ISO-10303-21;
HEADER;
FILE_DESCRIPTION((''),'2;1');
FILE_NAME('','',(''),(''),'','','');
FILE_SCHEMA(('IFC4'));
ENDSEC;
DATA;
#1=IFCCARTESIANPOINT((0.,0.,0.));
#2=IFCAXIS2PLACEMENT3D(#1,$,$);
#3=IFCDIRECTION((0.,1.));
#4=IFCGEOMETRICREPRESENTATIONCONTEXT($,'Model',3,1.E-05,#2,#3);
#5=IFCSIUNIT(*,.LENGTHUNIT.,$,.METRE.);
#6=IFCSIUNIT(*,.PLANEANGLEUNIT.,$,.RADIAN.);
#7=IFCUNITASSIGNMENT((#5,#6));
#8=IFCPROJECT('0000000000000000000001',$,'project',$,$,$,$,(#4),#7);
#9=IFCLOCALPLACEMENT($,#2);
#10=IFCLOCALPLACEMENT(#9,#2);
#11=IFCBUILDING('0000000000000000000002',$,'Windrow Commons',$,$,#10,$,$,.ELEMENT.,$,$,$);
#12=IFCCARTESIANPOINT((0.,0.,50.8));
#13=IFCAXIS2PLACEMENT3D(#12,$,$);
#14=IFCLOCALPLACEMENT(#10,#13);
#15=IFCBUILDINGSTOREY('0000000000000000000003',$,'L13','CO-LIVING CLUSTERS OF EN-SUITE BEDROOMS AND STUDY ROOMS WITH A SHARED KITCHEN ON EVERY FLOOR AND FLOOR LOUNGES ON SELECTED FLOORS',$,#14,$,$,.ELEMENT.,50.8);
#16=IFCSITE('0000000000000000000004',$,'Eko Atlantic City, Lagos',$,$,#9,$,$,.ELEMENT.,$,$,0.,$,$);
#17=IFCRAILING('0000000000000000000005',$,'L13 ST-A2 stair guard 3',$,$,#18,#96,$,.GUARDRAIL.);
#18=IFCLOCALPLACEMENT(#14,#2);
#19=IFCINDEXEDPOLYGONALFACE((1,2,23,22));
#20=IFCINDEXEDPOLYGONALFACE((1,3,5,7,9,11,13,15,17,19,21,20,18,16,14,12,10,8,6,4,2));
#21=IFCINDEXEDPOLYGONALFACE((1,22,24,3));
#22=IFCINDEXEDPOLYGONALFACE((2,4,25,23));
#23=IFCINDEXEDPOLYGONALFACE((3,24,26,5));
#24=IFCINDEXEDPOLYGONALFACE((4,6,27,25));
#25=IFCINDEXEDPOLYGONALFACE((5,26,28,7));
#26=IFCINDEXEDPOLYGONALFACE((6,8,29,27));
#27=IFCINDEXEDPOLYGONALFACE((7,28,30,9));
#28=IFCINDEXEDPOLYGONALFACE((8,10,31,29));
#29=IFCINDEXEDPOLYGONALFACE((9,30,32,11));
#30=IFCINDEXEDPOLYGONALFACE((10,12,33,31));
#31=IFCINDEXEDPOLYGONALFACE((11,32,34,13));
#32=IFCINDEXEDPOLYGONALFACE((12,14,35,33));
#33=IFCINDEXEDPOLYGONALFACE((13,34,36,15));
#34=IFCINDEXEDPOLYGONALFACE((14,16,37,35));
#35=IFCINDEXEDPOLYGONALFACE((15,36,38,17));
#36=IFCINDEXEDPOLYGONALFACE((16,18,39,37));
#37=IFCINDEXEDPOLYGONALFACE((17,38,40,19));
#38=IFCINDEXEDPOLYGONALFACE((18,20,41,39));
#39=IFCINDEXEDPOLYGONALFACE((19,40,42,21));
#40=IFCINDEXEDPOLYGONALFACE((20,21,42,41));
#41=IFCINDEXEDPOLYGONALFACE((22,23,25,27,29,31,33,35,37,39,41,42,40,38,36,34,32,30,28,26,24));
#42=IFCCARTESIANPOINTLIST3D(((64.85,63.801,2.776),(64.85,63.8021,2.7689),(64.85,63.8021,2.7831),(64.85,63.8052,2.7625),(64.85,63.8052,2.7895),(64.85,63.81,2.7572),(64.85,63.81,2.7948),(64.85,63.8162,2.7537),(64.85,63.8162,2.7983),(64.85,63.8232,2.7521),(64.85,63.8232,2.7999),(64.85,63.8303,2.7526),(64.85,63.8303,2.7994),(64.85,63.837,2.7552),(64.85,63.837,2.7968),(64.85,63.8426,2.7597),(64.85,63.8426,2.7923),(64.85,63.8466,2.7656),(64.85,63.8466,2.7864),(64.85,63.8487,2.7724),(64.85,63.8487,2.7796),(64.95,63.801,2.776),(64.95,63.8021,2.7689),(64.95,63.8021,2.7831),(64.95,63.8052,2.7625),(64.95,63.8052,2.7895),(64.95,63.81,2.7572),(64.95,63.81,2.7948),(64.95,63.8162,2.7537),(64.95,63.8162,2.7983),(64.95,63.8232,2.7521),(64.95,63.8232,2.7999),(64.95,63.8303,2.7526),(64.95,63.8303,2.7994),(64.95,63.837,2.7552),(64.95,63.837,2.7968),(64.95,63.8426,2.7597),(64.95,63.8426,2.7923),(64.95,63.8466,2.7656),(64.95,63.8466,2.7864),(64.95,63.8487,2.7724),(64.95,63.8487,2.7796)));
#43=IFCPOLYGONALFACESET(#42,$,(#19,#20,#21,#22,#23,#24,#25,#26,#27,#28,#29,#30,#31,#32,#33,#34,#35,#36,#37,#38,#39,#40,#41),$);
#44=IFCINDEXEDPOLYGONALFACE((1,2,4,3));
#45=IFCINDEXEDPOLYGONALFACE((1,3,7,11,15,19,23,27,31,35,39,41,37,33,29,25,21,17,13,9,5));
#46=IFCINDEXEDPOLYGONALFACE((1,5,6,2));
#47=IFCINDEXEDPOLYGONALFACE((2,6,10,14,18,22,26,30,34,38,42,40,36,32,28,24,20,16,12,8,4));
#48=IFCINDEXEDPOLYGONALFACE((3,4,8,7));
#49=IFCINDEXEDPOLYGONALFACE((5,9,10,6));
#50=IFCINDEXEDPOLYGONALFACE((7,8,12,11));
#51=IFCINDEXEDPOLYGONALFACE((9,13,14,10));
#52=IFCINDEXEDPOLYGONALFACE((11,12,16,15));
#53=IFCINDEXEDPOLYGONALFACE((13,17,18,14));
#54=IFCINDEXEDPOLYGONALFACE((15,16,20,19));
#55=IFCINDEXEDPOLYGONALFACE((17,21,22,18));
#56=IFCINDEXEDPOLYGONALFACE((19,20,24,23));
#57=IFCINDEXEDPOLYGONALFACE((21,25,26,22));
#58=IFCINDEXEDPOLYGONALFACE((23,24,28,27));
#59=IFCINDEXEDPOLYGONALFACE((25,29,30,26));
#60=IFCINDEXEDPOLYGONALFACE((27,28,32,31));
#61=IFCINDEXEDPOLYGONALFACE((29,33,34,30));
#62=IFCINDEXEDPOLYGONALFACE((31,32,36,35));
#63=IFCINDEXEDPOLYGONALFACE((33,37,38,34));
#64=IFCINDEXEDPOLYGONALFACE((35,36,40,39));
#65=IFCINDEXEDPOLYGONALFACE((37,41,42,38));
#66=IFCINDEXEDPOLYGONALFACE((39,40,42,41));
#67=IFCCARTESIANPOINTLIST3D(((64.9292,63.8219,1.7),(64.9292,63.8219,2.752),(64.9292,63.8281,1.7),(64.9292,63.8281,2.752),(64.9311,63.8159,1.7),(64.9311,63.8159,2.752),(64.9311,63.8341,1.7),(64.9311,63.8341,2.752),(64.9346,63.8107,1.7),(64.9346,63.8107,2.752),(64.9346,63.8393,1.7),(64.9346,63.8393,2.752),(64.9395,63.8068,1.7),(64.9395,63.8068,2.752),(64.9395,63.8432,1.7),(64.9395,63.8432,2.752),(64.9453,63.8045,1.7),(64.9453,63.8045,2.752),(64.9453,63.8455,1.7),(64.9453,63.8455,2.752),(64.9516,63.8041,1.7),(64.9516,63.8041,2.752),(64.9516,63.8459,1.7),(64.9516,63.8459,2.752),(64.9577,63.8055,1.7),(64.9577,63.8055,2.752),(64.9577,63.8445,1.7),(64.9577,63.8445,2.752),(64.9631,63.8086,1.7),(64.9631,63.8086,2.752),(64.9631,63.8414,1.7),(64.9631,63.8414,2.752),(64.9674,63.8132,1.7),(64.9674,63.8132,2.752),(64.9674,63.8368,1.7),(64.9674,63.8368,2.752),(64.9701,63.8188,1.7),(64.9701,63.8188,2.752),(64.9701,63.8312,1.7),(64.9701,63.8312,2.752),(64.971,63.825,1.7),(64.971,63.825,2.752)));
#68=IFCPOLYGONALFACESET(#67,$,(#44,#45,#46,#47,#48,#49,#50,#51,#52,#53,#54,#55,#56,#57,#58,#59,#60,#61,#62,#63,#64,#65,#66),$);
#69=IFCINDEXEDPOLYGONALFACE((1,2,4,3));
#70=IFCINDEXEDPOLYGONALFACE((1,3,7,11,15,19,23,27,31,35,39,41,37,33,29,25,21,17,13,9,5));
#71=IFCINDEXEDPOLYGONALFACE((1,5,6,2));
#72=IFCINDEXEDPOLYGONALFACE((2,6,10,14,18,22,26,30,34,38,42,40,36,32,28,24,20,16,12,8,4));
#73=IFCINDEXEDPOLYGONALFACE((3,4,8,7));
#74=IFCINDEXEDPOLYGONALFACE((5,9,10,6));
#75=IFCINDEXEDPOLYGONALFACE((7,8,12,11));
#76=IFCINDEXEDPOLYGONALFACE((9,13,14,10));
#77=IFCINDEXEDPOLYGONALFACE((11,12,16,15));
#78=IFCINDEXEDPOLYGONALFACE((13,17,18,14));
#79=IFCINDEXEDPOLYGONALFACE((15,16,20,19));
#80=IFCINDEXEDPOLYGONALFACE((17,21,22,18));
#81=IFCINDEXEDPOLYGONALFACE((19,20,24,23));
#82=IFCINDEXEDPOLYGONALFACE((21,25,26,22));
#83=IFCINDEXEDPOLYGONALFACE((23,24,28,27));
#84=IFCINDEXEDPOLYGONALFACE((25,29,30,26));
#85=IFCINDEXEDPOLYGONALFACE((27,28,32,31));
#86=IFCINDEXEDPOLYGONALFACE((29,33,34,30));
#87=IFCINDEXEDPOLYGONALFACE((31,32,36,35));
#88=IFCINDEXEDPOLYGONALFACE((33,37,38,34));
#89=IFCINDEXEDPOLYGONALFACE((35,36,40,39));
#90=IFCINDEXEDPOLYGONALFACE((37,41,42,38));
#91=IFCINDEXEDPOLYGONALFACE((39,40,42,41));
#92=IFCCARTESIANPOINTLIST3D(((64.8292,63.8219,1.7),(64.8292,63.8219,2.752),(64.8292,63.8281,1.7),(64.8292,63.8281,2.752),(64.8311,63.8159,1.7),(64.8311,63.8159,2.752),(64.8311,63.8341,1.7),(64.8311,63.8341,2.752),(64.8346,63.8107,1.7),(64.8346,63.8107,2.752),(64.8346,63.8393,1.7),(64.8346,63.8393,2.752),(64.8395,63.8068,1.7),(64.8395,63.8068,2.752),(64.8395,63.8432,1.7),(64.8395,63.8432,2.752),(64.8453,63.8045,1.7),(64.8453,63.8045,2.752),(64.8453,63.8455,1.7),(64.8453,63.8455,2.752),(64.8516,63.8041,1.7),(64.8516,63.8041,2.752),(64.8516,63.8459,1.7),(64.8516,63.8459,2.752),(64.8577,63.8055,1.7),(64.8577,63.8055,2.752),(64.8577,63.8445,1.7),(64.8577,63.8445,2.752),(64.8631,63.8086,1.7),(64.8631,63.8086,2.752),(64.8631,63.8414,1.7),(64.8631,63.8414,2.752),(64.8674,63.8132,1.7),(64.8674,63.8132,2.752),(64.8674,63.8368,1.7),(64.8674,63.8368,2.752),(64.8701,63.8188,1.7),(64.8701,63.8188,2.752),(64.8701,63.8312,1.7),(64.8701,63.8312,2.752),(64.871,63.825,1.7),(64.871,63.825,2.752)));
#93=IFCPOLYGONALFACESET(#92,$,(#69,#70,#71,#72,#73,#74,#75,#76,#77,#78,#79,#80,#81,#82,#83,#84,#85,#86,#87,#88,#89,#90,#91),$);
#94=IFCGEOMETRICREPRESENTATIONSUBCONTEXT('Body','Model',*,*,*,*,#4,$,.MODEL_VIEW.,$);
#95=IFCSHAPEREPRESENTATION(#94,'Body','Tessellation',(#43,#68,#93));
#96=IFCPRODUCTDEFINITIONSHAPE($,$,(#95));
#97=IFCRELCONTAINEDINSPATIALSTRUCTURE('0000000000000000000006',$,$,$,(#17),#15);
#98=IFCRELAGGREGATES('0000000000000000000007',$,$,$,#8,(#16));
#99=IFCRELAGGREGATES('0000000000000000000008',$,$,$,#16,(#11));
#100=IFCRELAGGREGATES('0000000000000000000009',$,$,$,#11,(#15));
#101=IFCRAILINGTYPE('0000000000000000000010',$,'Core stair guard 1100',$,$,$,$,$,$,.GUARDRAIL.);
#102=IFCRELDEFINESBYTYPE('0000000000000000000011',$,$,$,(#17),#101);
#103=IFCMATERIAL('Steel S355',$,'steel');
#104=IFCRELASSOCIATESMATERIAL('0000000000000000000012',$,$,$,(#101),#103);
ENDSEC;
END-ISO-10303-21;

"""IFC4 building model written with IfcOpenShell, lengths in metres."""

from ifc_helpers import new_model, si_unit, direction, frame, origin, origin_2d, place, context, subcontext, project, spatial, circle, extrude, material, type_object, element, save


model = new_model("IFC4")

# Units and contexts
model_context = context("Model", 3, precision=1e-05, world=origin(), true_north=direction((0.0, 1.0)))
body_context = subcontext(model_context, "Body", "Model", "MODEL_VIEW")
ifc_project = project(units=[si_unit("LENGTHUNIT", "METRE"), si_unit("PLANEANGLEUNIT", "RADIAN")], contexts=[model_context])

# Site, building, storey
site_placement = place(None, origin())
site = spatial("IfcSite", under=ifc_project, at=site_placement, Name="Eko Atlantic City, Lagos", CompositionType="ELEMENT", RefElevation=0.0)
building_placement = place(site_placement, origin())
building = spatial("IfcBuilding", under=site, at=building_placement, Name="Windrow Commons", CompositionType="ELEMENT")
storey_placement = place(building_placement, frame((0.0, 0.0, 50.8)))
storey = spatial("IfcBuildingStorey", under=building, at=storey_placement, Name="L13", Description="CO-LIVING CLUSTERS OF EN-SUITE BEDROOMS AND STUDY ROOMS WITH A SHARED KITCHEN ON EVERY FLOOR AND FLOOR LOUNGES ON SELECTED FLOORS", CompositionType="ELEMENT", Elevation=50.8)

# Railing
ifc_material_1 = material(Name="Steel S355", Category="steel")
railing_type_1 = type_object("IfcRailingType", Name="Core stair guard 1100", PredefinedType="GUARDRAIL", material=ifc_material_1)
railing_1_placement = place(storey_placement, frame((64.95, 63.825, 1.7)))
element("IfcRailing", 1, at=railing_1_placement, inside=storey, type_object=railing_type_1, Name="L13 ST-A2 stair guard 3", PredefinedType="GUARDRAIL", context=body_context, shape_type="SweptSolid", body=[
    extrude(circle(Radius=0.024, at=origin_2d()), frame((0.0, 0.0, 1.076), z_axis=(-1.0, 0.0, 0.0), x_axis=(0.0, -1.0, 0.0)), (0.0, 0.0, 1.0), 0.1),
    extrude(circle(Radius=0.021, at=origin_2d()), origin(), (0.0, 0.0, 1.0), 1.052),
    extrude(circle(Radius=0.021, at=origin_2d()), frame((-0.1, 0.0, 0.0)), (0.0, 0.0, 1.0), 1.052),
])

save(model, "model.ifc")
